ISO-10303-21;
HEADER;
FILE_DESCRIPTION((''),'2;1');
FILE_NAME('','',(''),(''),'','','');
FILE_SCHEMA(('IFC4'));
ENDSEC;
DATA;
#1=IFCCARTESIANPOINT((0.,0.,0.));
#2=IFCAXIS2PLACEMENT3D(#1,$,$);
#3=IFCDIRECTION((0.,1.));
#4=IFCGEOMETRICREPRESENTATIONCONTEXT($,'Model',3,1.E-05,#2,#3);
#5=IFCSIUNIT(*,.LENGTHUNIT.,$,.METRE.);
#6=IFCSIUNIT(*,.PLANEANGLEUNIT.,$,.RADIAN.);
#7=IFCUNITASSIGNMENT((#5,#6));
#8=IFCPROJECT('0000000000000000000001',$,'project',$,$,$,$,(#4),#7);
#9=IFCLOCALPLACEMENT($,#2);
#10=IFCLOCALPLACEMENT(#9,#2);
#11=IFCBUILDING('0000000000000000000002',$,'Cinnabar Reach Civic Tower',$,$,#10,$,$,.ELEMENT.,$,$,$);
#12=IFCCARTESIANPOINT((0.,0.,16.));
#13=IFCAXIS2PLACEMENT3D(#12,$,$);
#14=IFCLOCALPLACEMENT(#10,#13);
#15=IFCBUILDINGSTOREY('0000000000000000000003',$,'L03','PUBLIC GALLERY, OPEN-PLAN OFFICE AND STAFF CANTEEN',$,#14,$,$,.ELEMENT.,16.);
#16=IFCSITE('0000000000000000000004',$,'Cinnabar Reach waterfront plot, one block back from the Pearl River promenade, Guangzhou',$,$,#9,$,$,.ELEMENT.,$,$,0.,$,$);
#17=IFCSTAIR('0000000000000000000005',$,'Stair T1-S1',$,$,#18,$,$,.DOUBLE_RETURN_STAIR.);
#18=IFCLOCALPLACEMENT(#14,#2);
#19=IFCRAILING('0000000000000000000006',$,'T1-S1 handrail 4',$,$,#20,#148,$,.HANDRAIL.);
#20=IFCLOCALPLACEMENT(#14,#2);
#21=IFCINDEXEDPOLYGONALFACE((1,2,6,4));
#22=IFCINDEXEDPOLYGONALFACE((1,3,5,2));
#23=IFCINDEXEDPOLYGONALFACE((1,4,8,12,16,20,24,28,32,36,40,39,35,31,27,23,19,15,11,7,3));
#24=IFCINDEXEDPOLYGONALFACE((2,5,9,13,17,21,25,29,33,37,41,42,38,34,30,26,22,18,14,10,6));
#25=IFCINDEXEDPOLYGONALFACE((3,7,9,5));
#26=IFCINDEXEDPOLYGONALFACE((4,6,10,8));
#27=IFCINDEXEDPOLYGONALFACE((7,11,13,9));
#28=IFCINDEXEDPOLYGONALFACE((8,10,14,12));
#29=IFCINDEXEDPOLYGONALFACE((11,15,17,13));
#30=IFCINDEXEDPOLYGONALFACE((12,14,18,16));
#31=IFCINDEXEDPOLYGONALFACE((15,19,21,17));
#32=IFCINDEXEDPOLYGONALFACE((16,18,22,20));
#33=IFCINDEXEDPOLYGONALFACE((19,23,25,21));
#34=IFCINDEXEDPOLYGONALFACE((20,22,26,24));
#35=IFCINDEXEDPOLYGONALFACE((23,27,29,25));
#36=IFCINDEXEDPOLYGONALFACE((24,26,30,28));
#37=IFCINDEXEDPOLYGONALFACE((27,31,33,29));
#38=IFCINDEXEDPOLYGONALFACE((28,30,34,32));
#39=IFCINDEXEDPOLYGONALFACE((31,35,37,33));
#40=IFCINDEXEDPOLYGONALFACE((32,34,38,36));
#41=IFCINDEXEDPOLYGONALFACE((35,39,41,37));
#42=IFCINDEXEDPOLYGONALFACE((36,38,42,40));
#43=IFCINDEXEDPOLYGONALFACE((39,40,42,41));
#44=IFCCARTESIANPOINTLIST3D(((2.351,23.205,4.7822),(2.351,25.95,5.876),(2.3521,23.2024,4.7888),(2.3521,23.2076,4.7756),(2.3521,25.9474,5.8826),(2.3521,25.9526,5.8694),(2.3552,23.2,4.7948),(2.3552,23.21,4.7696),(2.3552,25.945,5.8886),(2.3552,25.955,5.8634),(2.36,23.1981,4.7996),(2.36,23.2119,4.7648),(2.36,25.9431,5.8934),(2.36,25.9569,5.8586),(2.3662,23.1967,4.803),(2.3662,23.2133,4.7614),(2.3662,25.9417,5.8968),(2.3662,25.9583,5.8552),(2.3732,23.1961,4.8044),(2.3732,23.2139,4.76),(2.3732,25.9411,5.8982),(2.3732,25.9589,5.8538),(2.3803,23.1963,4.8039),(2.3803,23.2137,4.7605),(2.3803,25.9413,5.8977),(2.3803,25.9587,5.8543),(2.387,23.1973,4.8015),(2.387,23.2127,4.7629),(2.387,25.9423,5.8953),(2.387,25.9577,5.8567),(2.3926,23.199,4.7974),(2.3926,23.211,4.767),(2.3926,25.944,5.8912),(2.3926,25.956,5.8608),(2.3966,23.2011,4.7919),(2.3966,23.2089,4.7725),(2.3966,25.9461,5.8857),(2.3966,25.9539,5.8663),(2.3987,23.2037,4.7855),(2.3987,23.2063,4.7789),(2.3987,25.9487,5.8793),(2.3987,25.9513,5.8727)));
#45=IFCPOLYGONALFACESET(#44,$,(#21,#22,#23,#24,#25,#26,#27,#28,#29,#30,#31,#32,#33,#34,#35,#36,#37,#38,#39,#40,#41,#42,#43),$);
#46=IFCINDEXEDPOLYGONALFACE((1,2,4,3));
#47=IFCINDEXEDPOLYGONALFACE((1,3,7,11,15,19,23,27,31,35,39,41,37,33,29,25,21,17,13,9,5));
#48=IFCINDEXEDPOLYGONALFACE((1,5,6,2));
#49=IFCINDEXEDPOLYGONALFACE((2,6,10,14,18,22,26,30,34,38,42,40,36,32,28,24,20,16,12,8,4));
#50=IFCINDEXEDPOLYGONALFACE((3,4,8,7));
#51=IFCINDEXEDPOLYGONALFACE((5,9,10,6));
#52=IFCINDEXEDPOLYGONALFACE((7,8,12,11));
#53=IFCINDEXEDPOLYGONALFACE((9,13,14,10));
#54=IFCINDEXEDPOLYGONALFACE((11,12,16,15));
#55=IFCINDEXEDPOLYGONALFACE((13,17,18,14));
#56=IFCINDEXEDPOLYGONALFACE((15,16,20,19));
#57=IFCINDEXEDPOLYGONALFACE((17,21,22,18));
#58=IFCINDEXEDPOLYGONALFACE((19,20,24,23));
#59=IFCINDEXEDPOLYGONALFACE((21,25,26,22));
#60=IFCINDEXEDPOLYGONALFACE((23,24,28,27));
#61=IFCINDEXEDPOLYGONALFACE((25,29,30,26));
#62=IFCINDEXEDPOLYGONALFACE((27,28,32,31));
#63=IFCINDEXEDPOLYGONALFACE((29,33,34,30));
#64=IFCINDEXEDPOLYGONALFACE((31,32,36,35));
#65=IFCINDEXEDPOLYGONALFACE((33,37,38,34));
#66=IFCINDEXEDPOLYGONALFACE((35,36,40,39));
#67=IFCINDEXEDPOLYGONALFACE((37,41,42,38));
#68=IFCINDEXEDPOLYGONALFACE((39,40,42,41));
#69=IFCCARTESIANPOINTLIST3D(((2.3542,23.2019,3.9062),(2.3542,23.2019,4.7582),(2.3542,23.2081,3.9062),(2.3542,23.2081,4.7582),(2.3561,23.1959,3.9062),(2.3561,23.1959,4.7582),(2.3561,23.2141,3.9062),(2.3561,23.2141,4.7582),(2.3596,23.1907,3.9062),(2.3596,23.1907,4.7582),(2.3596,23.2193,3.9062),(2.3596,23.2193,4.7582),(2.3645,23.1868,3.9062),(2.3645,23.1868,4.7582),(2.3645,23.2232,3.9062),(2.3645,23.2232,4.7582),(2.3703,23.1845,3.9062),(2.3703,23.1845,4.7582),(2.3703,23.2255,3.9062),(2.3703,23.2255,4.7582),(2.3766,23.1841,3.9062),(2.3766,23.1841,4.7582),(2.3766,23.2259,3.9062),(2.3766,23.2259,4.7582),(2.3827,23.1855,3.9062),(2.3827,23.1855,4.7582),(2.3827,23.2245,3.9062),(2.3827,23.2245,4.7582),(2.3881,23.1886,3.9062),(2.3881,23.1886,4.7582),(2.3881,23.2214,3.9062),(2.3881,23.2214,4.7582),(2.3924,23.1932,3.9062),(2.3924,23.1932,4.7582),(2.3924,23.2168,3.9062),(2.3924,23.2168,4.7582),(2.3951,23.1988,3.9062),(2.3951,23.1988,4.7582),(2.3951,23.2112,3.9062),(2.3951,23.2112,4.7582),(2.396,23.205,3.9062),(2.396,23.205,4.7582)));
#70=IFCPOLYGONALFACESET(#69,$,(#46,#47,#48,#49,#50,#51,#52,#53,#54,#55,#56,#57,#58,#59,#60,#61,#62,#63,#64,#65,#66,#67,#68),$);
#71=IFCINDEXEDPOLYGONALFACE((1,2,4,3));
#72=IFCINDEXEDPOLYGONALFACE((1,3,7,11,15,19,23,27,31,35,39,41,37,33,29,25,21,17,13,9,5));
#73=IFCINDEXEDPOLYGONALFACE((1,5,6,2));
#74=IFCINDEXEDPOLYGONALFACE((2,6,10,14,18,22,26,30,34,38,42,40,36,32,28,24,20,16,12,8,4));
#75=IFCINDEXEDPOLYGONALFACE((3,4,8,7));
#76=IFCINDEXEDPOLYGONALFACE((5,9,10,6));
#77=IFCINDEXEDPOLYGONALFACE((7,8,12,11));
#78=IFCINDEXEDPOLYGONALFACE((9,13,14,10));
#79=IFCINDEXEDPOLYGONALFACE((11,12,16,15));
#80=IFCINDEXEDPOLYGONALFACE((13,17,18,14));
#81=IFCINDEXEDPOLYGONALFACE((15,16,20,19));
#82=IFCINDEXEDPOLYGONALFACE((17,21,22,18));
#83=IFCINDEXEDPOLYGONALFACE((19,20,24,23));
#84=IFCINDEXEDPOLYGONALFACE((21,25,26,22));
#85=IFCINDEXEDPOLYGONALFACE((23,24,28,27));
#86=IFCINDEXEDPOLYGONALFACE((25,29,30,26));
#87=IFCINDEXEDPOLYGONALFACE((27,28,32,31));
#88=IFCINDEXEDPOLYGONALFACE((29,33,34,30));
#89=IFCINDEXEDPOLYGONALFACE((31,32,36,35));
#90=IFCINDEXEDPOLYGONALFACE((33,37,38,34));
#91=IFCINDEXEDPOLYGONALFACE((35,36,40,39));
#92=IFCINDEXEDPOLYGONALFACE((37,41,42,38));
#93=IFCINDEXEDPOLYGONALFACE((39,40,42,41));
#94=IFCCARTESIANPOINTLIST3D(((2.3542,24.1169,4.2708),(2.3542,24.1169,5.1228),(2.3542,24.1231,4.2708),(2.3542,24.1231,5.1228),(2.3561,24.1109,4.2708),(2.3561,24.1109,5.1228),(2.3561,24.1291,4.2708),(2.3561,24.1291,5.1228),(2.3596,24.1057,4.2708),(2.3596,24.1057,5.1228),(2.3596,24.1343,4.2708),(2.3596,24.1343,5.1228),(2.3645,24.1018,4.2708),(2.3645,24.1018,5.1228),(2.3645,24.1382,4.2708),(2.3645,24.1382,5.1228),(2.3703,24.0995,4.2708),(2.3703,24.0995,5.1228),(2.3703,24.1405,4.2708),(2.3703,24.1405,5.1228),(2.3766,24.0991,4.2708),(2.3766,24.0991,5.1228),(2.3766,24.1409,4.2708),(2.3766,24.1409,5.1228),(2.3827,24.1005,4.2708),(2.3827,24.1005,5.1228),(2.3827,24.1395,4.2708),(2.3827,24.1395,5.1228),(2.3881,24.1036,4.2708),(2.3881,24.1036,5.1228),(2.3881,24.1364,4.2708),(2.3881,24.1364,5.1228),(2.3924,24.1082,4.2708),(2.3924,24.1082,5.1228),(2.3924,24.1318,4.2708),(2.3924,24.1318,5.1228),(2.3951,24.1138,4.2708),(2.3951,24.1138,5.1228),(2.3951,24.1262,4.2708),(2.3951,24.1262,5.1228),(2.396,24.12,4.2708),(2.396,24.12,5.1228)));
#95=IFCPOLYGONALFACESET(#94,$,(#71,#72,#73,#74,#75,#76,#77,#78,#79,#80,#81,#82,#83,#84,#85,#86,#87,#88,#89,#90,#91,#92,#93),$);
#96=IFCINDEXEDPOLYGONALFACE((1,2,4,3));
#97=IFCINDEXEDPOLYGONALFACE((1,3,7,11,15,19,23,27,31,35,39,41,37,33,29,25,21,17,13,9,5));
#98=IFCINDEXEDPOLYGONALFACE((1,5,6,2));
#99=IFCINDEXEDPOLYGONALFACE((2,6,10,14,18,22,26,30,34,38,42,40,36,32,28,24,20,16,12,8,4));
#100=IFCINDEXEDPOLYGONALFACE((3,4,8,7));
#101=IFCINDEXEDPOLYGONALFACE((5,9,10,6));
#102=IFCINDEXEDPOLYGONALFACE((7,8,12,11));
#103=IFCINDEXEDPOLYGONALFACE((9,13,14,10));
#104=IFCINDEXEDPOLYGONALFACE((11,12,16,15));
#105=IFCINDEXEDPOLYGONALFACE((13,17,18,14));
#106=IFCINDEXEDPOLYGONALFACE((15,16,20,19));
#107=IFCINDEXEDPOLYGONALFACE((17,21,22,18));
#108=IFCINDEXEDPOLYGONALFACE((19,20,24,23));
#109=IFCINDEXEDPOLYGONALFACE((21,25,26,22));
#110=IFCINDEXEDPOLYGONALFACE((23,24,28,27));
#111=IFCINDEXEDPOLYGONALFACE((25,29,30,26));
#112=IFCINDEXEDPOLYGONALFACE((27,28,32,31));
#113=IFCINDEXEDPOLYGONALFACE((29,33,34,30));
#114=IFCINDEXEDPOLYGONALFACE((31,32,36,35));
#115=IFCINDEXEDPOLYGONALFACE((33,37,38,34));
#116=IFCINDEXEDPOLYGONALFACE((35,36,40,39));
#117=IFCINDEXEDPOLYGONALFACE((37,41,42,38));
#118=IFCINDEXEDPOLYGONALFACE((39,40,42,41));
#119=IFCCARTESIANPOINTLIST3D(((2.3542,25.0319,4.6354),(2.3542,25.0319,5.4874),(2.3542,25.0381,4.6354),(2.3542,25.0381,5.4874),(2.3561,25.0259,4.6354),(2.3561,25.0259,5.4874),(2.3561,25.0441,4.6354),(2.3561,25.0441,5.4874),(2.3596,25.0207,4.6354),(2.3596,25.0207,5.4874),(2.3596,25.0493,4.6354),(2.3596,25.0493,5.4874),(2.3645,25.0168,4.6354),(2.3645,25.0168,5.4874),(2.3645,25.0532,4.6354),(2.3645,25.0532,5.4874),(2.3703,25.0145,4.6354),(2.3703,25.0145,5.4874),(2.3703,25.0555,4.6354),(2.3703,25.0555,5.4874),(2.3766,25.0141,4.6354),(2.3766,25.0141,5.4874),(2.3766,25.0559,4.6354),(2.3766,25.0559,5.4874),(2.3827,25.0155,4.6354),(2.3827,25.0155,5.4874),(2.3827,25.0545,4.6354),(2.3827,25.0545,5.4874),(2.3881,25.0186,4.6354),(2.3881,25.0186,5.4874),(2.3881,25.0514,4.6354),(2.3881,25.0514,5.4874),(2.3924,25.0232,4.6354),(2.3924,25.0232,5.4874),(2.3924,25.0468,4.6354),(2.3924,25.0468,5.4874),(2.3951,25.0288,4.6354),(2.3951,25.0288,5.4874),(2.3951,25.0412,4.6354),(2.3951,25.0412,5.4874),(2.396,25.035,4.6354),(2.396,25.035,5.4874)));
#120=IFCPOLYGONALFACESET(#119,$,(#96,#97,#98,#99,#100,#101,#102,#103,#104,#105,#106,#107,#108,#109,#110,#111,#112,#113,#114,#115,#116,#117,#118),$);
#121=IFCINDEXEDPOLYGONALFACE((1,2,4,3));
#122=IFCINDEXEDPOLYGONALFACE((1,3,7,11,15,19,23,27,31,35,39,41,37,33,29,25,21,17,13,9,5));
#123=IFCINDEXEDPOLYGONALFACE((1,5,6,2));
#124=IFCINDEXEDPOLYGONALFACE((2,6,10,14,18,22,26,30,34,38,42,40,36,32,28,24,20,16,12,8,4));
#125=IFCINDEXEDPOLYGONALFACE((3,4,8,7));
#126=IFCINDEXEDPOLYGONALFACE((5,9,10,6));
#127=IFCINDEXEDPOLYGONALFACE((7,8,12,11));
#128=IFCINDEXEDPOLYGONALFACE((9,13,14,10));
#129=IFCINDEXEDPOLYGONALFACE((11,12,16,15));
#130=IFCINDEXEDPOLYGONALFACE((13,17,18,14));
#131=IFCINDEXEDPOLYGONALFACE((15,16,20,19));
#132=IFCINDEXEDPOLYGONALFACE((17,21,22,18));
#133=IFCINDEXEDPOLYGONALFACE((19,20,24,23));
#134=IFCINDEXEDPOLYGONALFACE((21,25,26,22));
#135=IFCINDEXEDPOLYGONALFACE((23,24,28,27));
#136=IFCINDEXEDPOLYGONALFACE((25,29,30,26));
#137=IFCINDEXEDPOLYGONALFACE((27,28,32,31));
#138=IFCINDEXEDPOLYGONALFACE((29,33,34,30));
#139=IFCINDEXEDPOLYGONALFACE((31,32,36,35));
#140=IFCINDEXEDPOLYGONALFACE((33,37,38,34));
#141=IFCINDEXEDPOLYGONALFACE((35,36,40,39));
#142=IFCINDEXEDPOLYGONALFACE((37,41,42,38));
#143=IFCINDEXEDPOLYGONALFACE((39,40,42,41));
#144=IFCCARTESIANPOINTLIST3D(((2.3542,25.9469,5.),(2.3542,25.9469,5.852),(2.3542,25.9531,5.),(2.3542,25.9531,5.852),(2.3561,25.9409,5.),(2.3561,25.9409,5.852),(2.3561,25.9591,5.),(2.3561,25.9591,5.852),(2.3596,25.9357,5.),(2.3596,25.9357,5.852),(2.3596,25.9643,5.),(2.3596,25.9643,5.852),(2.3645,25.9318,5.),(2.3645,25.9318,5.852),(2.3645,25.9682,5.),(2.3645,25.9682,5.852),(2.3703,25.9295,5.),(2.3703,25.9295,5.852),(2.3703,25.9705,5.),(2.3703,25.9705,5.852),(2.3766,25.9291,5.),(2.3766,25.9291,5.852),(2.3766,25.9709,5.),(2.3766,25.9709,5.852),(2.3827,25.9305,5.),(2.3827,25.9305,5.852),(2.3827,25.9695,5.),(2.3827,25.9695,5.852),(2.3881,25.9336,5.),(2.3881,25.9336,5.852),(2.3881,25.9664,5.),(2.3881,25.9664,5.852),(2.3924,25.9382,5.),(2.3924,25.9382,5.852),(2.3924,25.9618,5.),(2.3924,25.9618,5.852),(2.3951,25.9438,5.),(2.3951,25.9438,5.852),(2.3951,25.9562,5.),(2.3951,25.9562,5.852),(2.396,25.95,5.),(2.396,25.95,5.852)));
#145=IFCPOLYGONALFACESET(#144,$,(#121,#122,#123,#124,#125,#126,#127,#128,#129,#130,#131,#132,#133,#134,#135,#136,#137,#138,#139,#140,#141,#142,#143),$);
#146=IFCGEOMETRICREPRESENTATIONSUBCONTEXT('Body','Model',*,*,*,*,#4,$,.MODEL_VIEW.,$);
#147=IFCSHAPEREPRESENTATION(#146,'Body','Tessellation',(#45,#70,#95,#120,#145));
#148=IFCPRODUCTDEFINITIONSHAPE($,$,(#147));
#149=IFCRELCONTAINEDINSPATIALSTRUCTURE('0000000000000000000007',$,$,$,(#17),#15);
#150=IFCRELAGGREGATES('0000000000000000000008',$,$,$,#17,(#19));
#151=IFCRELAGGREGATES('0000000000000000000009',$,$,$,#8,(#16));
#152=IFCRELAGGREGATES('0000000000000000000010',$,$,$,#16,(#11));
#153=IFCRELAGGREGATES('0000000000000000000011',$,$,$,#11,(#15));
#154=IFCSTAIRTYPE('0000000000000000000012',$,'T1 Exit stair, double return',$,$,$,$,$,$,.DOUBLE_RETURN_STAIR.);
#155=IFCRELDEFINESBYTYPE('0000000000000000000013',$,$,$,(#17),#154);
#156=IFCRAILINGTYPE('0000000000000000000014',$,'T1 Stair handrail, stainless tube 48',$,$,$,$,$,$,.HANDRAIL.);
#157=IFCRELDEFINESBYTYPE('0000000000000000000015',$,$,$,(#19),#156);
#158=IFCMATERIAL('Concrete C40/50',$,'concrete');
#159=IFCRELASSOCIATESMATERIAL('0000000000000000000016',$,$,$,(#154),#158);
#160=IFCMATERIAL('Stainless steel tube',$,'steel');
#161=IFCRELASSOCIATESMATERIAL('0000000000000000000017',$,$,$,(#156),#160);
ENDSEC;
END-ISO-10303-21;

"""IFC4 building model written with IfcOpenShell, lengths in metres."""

from ifc_helpers import new_model, si_unit, direction, frame, origin, origin_2d, place, context, subcontext, project, spatial, circle, extrude, material, type_object, element, aggregate, save


model = new_model("IFC4")

# Units and contexts
model_context = context("Model", 3, precision=1e-05, world=origin(), true_north=direction((0.0, 1.0)))
body_context = subcontext(model_context, "Body", "Model", "MODEL_VIEW")
ifc_project = project(units=[si_unit("LENGTHUNIT", "METRE"), si_unit("PLANEANGLEUNIT", "RADIAN")], contexts=[model_context])

# Site, building, storey
site_placement = place(None, origin())
site = spatial("IfcSite", under=ifc_project, at=site_placement, Name="Cinnabar Reach waterfront plot, one block back from the Pearl River promenade, Guangzhou", CompositionType="ELEMENT", RefElevation=0.0)
building_placement = place(site_placement, origin())
building = spatial("IfcBuilding", under=site, at=building_placement, Name="Cinnabar Reach Civic Tower", CompositionType="ELEMENT")
storey_placement = place(building_placement, frame((0.0, 0.0, 16.0)))
storey = spatial("IfcBuildingStorey", under=building, at=storey_placement, Name="L03", Description="PUBLIC GALLERY, OPEN-PLAN OFFICE AND STAFF CANTEEN", CompositionType="ELEMENT", Elevation=16.0)

# Shared definitions
ifc_material_1 = material(Name="Concrete C40/50", Category="concrete")

# Stair, railing
stair_type = type_object("IfcStairType", Name="T1 Exit stair, double return", PredefinedType="DOUBLE_RETURN_STAIR", material=ifc_material_1)
stair_placement = place(storey_placement, origin())
stair = element("IfcStair", 1, at=stair_placement, inside=storey, type_object=stair_type, Name="Stair T1-S1", PredefinedType="DOUBLE_RETURN_STAIR")
ifc_material_2 = material(Name="Stainless steel tube", Category="steel")
railing_type = type_object("IfcRailingType", Name="T1 Stair handrail, stainless tube 48", PredefinedType="HANDRAIL", material=ifc_material_2)
railing_1_placement = place(storey_placement, frame((2.375, 23.205, 3.9062)))
railing_1 = element("IfcRailing", 2, at=railing_1_placement, type_object=railing_type, Name="T1-S1 handrail 4", PredefinedType="HANDRAIL", context=body_context, shape_type="SweptSolid", body=[
    extrude(circle(Radius=0.024, at=origin_2d()), frame((0.0, 0.0, 0.876), z_axis=(0.0, 0.928966, 0.370165), x_axis=(-1.0, 0.0, 0.0)), (0.0, 0.0, 1.0), 2.9549),
    extrude(circle(Radius=0.021, at=origin_2d()), origin(), (0.0, 0.0, 1.0), 0.852),
    extrude(circle(Radius=0.021, at=origin_2d()), frame((0.0, 0.915, 0.3646)), (0.0, 0.0, 1.0), 0.852),
    extrude(circle(Radius=0.021, at=origin_2d()), frame((0.0, 1.83, 0.7292)), (0.0, 0.0, 1.0), 0.852),
    extrude(circle(Radius=0.021, at=origin_2d()), frame((0.0, 2.745, 1.0938)), (0.0, 0.0, 1.0), 0.852),
])
aggregate(stair, [railing_1])

save(model, "model.ifc")
